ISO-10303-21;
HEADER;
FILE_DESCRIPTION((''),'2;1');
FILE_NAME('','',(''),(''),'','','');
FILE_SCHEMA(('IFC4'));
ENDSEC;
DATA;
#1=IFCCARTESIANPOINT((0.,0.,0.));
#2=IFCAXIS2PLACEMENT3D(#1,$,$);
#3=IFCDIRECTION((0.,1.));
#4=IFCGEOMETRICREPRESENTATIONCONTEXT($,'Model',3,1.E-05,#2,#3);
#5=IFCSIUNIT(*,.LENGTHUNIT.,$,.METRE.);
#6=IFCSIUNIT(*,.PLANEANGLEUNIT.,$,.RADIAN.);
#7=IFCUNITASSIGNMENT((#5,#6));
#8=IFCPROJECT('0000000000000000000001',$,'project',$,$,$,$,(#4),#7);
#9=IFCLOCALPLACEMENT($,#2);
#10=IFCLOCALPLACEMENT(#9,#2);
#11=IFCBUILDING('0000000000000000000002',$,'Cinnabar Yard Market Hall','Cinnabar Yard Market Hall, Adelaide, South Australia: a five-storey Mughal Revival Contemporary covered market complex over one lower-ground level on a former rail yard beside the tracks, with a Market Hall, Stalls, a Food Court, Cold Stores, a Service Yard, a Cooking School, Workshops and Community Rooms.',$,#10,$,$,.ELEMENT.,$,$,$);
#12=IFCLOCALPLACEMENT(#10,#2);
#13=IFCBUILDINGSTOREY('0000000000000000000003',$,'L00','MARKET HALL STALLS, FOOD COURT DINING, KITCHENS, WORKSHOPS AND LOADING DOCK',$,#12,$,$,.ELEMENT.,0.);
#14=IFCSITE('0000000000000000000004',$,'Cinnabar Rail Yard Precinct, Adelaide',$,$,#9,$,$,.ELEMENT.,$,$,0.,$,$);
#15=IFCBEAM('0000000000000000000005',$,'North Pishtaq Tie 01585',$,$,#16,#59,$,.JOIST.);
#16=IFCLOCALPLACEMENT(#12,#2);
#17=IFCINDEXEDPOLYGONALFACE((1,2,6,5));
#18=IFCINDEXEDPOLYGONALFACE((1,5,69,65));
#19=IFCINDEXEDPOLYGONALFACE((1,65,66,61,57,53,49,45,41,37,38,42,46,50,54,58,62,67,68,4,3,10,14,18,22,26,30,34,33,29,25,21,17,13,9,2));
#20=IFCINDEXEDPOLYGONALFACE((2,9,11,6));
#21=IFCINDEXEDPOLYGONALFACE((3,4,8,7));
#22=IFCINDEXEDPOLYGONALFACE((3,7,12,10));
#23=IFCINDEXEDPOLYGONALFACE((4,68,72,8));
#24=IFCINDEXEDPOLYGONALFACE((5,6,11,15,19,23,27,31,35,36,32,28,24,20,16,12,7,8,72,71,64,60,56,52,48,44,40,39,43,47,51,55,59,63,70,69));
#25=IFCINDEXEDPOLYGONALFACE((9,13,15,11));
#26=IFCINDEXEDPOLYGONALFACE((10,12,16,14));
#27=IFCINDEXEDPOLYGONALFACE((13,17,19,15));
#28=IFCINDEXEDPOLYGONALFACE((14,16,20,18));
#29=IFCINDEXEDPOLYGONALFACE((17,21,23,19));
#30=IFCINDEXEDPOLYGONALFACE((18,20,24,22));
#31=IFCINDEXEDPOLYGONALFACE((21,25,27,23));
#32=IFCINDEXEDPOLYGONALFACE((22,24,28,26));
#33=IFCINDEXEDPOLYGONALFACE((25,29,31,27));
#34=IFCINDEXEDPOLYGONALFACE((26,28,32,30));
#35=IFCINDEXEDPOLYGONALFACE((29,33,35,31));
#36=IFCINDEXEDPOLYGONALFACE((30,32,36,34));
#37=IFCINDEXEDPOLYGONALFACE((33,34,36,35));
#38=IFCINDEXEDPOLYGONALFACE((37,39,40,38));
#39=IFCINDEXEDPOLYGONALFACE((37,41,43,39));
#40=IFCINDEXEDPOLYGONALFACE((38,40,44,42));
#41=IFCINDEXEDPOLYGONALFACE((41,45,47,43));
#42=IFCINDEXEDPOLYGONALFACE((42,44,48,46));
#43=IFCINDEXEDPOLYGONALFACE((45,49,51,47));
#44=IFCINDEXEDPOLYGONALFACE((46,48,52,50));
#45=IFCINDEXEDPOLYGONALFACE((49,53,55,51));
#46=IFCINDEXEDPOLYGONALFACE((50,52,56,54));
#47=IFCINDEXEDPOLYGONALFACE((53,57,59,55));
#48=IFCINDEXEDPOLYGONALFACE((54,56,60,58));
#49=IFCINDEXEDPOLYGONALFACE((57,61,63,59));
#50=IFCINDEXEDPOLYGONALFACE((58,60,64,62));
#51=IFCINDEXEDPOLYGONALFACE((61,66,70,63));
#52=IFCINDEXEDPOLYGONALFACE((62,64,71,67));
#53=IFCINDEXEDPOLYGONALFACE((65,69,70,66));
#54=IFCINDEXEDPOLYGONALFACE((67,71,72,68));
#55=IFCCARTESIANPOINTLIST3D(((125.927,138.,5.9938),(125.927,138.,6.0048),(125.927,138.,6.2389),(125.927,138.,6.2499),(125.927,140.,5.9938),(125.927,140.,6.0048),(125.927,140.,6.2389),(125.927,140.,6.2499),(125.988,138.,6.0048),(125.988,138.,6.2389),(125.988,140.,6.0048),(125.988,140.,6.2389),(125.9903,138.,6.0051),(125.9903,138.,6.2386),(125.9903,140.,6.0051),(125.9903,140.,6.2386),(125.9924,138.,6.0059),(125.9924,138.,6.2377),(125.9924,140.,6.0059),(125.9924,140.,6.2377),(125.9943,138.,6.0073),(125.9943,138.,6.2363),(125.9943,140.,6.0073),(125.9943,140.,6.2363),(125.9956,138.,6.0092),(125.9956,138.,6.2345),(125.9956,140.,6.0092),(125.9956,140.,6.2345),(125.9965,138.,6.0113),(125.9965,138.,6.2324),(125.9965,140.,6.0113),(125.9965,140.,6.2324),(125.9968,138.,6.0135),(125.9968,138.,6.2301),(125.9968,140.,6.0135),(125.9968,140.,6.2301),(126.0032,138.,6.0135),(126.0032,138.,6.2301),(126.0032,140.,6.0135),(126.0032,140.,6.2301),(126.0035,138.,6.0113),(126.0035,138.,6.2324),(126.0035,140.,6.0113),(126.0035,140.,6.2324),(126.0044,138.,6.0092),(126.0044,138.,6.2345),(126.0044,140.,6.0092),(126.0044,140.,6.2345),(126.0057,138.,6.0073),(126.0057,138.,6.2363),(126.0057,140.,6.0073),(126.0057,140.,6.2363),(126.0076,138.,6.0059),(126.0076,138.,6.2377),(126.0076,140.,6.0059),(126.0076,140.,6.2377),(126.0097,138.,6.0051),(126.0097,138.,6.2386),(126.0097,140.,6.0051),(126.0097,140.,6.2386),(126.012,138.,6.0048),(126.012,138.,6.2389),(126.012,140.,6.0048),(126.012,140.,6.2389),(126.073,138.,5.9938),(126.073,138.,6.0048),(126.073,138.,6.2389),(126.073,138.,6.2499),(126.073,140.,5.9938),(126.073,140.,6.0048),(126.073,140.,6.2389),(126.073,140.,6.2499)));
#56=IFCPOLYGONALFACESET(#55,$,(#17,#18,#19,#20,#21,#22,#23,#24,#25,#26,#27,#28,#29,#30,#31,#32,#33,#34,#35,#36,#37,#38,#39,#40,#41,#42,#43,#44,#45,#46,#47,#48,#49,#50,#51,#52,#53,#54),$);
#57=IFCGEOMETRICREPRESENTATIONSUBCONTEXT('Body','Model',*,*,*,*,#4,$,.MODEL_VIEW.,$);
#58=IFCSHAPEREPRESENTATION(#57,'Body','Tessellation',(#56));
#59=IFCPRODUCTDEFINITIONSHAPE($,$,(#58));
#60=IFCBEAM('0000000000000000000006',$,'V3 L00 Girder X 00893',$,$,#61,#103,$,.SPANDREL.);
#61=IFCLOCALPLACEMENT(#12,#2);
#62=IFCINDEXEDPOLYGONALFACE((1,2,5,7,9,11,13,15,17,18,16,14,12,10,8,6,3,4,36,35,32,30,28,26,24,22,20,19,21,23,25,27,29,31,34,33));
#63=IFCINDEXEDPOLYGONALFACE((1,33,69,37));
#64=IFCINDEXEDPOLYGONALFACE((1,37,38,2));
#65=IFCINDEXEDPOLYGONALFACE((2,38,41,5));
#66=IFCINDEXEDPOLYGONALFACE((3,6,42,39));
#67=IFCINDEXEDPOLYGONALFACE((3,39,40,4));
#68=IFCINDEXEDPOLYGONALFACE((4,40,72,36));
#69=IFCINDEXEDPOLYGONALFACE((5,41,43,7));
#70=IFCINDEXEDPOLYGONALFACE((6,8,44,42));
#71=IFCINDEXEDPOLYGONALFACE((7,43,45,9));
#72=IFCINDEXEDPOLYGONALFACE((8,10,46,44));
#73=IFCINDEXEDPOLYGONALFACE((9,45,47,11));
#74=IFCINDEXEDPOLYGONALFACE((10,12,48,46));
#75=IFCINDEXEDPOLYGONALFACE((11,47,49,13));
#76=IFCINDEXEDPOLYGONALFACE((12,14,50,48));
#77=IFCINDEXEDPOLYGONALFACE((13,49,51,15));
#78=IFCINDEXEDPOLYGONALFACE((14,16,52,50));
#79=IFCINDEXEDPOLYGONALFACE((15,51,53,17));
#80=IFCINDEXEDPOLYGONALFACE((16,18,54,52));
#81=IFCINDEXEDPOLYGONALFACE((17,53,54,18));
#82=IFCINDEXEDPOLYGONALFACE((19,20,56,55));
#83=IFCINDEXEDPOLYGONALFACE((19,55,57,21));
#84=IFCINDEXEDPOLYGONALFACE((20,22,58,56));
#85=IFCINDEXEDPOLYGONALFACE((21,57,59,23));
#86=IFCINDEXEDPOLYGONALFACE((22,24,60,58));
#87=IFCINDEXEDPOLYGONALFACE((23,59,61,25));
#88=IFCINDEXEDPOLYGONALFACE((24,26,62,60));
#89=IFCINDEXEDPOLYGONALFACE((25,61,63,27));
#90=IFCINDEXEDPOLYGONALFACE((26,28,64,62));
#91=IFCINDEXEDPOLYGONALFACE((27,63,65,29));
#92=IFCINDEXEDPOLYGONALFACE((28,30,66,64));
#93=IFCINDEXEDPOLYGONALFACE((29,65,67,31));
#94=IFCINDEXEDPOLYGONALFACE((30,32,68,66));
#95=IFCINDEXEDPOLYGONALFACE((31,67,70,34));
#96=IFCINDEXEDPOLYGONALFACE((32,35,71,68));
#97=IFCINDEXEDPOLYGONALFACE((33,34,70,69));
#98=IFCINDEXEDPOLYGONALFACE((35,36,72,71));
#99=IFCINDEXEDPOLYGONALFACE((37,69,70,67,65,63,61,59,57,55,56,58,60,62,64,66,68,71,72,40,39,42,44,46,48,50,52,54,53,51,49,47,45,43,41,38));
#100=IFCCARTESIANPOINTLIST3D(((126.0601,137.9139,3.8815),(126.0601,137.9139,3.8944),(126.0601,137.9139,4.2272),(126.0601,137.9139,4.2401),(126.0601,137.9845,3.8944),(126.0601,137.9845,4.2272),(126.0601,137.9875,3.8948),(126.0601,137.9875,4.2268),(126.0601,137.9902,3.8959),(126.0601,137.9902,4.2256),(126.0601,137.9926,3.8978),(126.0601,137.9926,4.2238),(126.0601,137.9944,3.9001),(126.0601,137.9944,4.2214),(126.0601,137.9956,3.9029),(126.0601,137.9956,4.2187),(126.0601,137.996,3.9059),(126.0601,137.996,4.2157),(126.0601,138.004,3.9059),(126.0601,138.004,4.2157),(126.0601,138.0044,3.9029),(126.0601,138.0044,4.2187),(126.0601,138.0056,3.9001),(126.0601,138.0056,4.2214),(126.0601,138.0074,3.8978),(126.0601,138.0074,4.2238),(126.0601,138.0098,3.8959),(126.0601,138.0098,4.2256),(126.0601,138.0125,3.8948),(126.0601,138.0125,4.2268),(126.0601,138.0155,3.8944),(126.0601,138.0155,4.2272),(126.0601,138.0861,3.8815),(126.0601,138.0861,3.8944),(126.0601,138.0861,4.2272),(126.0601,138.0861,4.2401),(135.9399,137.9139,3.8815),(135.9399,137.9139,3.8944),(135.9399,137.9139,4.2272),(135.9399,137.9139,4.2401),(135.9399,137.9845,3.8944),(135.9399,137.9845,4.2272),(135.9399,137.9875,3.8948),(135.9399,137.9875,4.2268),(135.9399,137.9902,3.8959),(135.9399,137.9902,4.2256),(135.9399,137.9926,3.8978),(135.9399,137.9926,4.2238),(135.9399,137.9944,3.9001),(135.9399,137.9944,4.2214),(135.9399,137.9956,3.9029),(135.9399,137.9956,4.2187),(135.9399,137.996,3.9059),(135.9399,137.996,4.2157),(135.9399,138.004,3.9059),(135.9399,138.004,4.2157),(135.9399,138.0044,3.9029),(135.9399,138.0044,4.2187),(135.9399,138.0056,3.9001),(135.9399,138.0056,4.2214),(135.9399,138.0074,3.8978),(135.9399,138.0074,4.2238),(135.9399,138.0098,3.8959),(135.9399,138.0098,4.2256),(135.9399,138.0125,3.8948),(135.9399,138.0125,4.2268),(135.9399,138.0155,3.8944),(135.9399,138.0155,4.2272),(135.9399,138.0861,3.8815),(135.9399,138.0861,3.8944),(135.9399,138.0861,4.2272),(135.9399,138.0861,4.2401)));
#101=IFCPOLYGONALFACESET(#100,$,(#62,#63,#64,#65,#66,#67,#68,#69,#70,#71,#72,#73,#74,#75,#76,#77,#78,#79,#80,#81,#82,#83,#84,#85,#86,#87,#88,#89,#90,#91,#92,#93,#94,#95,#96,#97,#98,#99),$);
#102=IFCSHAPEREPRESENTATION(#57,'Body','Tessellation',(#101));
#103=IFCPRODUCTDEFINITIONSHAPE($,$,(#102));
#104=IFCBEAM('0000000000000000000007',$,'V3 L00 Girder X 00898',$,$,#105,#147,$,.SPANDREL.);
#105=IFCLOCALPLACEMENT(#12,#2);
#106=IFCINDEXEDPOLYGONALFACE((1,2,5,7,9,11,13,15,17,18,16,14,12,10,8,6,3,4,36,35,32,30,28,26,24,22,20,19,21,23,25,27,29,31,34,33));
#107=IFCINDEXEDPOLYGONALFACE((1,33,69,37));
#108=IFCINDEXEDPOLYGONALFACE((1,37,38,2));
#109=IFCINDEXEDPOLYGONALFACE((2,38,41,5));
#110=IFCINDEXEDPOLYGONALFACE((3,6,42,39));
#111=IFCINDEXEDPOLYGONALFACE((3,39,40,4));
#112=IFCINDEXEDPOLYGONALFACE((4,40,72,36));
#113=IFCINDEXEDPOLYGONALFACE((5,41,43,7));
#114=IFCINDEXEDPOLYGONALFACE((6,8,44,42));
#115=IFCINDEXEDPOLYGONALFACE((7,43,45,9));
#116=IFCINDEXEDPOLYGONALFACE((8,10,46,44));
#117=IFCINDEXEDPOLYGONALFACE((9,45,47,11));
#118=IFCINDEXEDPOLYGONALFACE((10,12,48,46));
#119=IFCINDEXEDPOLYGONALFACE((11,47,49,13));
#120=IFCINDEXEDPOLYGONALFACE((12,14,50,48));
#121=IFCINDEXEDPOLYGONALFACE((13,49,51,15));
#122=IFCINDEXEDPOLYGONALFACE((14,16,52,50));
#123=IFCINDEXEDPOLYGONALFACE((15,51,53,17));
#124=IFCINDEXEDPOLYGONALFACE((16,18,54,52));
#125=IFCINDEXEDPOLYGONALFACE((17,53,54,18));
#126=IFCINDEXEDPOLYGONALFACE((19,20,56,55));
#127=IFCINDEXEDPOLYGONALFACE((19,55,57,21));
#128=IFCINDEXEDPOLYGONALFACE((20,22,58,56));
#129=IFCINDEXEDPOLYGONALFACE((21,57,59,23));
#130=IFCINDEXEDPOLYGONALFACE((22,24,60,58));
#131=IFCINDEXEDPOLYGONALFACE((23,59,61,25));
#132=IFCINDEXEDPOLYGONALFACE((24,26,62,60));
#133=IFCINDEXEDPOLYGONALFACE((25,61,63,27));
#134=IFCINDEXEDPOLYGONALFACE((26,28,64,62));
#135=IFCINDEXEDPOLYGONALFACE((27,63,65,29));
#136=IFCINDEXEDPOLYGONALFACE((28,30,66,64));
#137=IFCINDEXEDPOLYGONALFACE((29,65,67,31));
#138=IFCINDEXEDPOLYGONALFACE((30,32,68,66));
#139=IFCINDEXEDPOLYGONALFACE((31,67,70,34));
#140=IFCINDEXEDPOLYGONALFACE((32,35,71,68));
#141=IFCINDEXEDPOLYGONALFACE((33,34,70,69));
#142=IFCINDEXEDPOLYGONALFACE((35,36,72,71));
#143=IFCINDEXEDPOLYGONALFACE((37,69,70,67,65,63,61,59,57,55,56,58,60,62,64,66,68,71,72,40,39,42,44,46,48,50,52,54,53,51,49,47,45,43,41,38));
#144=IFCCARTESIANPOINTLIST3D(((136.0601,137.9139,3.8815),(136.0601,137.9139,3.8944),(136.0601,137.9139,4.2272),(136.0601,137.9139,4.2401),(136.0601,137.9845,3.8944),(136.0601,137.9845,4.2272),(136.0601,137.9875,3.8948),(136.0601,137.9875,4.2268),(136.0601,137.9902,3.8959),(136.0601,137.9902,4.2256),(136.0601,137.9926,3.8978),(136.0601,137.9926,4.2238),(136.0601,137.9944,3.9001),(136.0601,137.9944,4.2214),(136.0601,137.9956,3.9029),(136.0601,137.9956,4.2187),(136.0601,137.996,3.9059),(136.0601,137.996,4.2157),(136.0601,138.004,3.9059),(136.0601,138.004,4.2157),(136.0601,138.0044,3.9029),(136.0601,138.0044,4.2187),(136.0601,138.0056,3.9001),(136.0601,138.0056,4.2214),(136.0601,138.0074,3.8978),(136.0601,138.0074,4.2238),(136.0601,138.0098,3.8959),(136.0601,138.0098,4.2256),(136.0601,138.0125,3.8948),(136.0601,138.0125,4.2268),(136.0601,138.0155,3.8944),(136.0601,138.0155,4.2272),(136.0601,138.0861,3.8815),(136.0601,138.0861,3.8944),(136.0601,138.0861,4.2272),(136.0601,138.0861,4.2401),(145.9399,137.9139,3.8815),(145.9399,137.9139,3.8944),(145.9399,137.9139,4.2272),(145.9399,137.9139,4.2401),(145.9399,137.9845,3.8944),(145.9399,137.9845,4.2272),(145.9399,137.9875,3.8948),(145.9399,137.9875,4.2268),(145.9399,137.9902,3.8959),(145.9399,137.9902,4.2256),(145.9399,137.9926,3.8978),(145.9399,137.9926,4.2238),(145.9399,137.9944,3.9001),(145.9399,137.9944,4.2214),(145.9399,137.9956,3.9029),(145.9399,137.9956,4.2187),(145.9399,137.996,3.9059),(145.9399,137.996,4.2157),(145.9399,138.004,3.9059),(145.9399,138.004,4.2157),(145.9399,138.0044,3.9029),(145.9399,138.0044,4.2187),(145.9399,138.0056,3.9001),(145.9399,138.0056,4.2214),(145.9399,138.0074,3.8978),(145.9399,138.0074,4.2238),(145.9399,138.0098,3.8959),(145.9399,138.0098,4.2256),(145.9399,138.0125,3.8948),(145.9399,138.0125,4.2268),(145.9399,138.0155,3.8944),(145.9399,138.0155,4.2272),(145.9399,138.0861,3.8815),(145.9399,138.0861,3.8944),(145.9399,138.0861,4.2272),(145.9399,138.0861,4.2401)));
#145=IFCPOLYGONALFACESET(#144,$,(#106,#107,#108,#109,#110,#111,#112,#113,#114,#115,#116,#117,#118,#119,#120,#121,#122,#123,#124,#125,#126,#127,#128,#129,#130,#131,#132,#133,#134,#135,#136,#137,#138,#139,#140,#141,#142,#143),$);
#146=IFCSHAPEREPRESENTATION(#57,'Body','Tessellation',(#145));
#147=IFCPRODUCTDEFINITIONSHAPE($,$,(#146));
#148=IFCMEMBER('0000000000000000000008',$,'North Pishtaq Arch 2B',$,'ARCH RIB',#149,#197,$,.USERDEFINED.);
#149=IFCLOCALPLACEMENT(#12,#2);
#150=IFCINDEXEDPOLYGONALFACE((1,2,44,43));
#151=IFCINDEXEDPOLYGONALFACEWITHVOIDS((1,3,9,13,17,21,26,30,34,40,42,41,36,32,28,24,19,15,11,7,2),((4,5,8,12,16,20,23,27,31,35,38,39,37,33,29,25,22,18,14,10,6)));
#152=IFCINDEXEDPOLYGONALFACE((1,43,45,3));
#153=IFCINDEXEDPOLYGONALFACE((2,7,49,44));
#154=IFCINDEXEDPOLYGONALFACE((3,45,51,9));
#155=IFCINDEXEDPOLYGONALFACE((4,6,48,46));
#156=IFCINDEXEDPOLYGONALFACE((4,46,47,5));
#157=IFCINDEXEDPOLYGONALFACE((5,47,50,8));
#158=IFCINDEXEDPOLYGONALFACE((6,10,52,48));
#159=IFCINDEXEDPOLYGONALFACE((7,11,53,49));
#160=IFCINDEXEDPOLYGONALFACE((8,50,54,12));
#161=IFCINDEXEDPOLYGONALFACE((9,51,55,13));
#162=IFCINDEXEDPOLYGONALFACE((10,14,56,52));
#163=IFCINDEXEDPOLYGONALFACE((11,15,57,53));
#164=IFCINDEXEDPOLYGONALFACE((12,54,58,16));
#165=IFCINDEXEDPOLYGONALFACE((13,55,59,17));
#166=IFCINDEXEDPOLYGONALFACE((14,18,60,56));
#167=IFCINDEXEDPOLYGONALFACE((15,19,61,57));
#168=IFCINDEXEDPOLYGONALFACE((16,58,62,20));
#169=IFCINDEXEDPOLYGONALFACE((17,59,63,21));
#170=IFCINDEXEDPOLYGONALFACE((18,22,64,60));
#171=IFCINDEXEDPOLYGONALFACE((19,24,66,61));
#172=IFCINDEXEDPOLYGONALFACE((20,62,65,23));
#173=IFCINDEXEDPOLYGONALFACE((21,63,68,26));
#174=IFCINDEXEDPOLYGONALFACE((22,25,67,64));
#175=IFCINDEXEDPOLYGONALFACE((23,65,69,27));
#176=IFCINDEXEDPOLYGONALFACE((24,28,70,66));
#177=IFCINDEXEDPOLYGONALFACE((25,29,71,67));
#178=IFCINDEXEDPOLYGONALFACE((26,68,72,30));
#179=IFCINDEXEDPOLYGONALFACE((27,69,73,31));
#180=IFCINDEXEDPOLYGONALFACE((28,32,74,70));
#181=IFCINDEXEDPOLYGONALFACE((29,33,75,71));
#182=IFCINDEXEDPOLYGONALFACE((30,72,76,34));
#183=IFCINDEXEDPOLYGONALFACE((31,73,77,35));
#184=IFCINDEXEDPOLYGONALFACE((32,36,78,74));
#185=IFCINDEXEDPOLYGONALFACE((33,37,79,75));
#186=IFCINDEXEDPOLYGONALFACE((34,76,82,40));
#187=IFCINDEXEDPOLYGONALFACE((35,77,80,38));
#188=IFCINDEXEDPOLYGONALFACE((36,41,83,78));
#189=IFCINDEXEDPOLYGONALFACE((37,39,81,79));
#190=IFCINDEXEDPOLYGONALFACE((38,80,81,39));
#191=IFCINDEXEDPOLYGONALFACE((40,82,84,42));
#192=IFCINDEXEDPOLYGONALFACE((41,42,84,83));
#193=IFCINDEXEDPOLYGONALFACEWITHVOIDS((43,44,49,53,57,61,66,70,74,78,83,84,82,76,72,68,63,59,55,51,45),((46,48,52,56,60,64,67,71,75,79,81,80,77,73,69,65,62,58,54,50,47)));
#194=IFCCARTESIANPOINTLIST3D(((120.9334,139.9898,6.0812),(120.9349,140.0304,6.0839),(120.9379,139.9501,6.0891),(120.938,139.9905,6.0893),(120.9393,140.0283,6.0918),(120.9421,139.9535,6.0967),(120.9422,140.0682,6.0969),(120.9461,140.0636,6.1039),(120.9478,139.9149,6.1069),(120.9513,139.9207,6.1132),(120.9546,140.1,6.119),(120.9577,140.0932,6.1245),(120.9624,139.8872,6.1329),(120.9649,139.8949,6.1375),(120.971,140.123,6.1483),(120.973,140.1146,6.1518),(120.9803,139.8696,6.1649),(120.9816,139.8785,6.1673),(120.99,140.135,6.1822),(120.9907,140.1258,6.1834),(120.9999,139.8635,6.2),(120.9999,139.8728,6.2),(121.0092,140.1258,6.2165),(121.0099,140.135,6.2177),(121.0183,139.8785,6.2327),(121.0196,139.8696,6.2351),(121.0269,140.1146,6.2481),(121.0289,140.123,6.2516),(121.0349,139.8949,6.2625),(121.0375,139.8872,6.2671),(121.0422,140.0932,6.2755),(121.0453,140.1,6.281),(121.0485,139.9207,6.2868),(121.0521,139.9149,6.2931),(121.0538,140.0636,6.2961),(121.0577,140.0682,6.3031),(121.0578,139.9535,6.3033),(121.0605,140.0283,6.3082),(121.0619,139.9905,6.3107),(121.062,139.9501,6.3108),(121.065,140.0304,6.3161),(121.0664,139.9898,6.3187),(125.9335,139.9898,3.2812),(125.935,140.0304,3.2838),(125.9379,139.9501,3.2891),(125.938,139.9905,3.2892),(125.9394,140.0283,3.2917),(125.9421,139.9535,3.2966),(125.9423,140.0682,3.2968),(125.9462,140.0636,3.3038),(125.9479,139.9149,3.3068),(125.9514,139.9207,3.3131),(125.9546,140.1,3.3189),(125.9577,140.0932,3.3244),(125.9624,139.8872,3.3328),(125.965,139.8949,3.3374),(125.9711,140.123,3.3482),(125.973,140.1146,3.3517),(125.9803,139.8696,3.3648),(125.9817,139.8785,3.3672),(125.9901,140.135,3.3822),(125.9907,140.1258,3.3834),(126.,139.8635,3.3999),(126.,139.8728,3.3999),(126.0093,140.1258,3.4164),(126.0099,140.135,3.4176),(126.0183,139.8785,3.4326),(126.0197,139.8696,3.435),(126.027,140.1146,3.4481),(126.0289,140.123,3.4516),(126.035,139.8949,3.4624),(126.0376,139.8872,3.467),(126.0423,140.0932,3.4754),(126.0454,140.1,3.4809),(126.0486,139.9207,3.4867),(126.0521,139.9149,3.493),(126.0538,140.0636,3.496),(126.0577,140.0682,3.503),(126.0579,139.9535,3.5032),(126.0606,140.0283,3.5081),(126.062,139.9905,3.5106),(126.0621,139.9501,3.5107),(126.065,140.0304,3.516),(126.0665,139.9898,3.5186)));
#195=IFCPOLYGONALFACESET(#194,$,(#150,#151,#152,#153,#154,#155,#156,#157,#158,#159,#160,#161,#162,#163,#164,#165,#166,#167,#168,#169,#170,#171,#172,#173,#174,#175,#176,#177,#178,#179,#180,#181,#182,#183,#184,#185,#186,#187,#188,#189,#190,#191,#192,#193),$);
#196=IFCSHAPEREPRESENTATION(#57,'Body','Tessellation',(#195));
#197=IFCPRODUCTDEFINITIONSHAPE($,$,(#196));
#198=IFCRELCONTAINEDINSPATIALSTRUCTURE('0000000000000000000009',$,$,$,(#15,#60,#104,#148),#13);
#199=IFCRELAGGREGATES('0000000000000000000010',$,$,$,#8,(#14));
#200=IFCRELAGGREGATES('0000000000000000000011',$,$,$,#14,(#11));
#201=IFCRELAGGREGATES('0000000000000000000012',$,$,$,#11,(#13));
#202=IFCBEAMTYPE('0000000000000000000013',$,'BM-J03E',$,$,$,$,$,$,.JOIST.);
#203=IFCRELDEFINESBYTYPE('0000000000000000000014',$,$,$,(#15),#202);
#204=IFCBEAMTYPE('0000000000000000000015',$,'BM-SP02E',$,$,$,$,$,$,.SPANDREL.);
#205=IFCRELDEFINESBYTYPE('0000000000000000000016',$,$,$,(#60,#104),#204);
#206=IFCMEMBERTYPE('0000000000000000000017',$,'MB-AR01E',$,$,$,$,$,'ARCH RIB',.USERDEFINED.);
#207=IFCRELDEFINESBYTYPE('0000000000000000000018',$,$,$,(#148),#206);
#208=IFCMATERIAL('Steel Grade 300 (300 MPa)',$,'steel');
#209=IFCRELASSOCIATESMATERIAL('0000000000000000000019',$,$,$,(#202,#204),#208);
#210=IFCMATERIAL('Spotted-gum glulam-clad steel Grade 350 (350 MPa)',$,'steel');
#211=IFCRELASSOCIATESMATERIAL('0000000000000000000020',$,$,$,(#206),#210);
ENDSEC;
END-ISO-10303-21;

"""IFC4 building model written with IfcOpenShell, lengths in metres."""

from ifc_helpers import new_model, si_unit, direction, frame, origin, origin_2d_with_axis, place, context, subcontext, project, spatial, hollow_circle, i_section, extrude, material, material_profile, profile_set, type_object, element, save


model = new_model("IFC4")

# Units and contexts
model_context = context("Model", 3, precision=1e-05, world=origin(), true_north=direction((0.0, 1.0)))
body_context = subcontext(model_context, "Body", "Model", "MODEL_VIEW")
ifc_project = project(units=[si_unit("LENGTHUNIT", "METRE"), si_unit("PLANEANGLEUNIT", "RADIAN")], contexts=[model_context])

# Site, building, storey
site_placement = place(None, origin())
site = spatial("IfcSite", under=ifc_project, at=site_placement, Name="Cinnabar Rail Yard Precinct, Adelaide", CompositionType="ELEMENT", RefElevation=0.0)
building_placement = place(site_placement, origin())
building = spatial("IfcBuilding", under=site, at=building_placement, Name="Cinnabar Yard Market Hall", Description="Cinnabar Yard Market Hall, Adelaide, South Australia: a five-storey Mughal Revival Contemporary covered market complex over one lower-ground level on a former rail yard beside the tracks, with a Market Hall, Stalls, a Food Court, Cold Stores, a Service Yard, a Cooking School, Workshops and Community Rooms.", CompositionType="ELEMENT")
storey_placement = place(building_placement, origin())
storey = spatial("IfcBuildingStorey", under=building, at=storey_placement, Name="L00", Description="MARKET HALL STALLS, FOOD COURT DINING, KITCHENS, WORKSHOPS AND LOADING DOCK", CompositionType="ELEMENT", Elevation=0.0)

# Shared definitions
ifc_material_1 = material(Name="Spotted-gum glulam-clad steel Grade 350 (350 MPa)", Category="steel")
ifc_material_2 = material(Name="Steel Grade 300 (300 MPa)", Category="steel")

# Beams
ifc_material_profile_1 = material_profile(ifc_material_2, i_section(OverallWidth=0.146, OverallDepth=0.2561, WebThickness=0.0063, FlangeThickness=0.011, FilletRadius=0.0088, at=origin_2d_with_axis()), Name="250UB37.3")
ifc_profile_set_1 = profile_set([ifc_material_profile_1], Name="Steel Grade 300 (300 MPa)")
beam_type_1 = type_object("IfcBeamType", Name="BM-J03E", PredefinedType="JOIST", material=ifc_profile_set_1)
beam_placement = place(storey_placement, frame((126.0, 138.0, 6.1218), z_axis=(0.0, 1.0, 0.0), x_axis=(-1.0, 0.0, 0.0)))
element("IfcBeam", 1, at=beam_placement, inside=storey, type_object=beam_type_1, Name="North Pishtaq Tie 01585", PredefinedType="JOIST", context=body_context, shape_type="SweptSolid", body=[
    extrude(i_section(OverallWidth=0.146, OverallDepth=0.2561, WebThickness=0.0063, FlangeThickness=0.011, FilletRadius=0.0088, at=origin_2d_with_axis()), origin(), (0.0, 0.0, 1.0), 2.0),
])
ifc_material_profile_2 = material_profile(ifc_material_2, i_section(OverallWidth=0.1721, OverallDepth=0.3586, WebThickness=0.0081, FlangeThickness=0.0129, FilletRadius=0.0115, at=origin_2d_with_axis()), Name="360UB56.7")
ifc_profile_set_2 = profile_set([ifc_material_profile_2], Name="Steel Grade 300 (300 MPa)")
beam_type_2 = type_object("IfcBeamType", Name="BM-SP02E", PredefinedType="SPANDREL", material=ifc_profile_set_2)
for number, where, z_axis, x_axis, name in (
    (2, (126.0601, 138.0, 4.0608), (1.0, 0.0, 0.0), (0.0, 1.0, 0.0), "V3 L00 Girder X 00893"),
    (3, (136.0601, 138.0, 4.0608), (1.0, 0.0, 0.0), (0.0, 1.0, 0.0), "V3 L00 Girder X 00898"),
):
    element("IfcBeam", number, at=place(storey_placement, frame(where, z_axis=z_axis, x_axis=x_axis)), inside=storey, type_object=beam_type_2, Name=name, PredefinedType="SPANDREL", context=body_context, shape_type="SweptSolid", body=[
        extrude(i_section(OverallWidth=0.1721, OverallDepth=0.3586, WebThickness=0.0081, FlangeThickness=0.0129, FilletRadius=0.0115, at=origin_2d_with_axis()), origin(), (0.0, 0.0, 1.0), 9.8799),
    ])

# Member
ifc_material_profile_3 = material_profile(ifc_material_1, hollow_circle(Radius=0.1365, WallThickness=0.0093, at=origin_2d_with_axis()), Name="273.1x9.3CHS")
ifc_profile_set_3 = profile_set([ifc_material_profile_3], Name="Spotted-gum glulam-clad steel Grade 350 (350 MPa)")
member_type = type_object("IfcMemberType", Name="MB-AR01E", ElementType="ARCH RIB", PredefinedType="USERDEFINED", material=ifc_profile_set_3)
member_placement = place(storey_placement, frame((126.0, 140.0, 3.3999), z_axis=(-0.872502, 0.0, 0.48861), x_axis=(0.0, -1.0, 0.0)))
element("IfcMember", 4, at=member_placement, inside=storey, type_object=member_type, Name="North Pishtaq Arch 2B", ObjectType="ARCH RIB", PredefinedType="USERDEFINED", context=body_context, shape_type="SweptSolid", body=[
    extrude(hollow_circle(Radius=0.1365, WallThickness=0.0093, at=origin_2d_with_axis()), origin(), (0.0, 0.0, 1.0), 5.7307),
])

save(model, "model.ifc")
